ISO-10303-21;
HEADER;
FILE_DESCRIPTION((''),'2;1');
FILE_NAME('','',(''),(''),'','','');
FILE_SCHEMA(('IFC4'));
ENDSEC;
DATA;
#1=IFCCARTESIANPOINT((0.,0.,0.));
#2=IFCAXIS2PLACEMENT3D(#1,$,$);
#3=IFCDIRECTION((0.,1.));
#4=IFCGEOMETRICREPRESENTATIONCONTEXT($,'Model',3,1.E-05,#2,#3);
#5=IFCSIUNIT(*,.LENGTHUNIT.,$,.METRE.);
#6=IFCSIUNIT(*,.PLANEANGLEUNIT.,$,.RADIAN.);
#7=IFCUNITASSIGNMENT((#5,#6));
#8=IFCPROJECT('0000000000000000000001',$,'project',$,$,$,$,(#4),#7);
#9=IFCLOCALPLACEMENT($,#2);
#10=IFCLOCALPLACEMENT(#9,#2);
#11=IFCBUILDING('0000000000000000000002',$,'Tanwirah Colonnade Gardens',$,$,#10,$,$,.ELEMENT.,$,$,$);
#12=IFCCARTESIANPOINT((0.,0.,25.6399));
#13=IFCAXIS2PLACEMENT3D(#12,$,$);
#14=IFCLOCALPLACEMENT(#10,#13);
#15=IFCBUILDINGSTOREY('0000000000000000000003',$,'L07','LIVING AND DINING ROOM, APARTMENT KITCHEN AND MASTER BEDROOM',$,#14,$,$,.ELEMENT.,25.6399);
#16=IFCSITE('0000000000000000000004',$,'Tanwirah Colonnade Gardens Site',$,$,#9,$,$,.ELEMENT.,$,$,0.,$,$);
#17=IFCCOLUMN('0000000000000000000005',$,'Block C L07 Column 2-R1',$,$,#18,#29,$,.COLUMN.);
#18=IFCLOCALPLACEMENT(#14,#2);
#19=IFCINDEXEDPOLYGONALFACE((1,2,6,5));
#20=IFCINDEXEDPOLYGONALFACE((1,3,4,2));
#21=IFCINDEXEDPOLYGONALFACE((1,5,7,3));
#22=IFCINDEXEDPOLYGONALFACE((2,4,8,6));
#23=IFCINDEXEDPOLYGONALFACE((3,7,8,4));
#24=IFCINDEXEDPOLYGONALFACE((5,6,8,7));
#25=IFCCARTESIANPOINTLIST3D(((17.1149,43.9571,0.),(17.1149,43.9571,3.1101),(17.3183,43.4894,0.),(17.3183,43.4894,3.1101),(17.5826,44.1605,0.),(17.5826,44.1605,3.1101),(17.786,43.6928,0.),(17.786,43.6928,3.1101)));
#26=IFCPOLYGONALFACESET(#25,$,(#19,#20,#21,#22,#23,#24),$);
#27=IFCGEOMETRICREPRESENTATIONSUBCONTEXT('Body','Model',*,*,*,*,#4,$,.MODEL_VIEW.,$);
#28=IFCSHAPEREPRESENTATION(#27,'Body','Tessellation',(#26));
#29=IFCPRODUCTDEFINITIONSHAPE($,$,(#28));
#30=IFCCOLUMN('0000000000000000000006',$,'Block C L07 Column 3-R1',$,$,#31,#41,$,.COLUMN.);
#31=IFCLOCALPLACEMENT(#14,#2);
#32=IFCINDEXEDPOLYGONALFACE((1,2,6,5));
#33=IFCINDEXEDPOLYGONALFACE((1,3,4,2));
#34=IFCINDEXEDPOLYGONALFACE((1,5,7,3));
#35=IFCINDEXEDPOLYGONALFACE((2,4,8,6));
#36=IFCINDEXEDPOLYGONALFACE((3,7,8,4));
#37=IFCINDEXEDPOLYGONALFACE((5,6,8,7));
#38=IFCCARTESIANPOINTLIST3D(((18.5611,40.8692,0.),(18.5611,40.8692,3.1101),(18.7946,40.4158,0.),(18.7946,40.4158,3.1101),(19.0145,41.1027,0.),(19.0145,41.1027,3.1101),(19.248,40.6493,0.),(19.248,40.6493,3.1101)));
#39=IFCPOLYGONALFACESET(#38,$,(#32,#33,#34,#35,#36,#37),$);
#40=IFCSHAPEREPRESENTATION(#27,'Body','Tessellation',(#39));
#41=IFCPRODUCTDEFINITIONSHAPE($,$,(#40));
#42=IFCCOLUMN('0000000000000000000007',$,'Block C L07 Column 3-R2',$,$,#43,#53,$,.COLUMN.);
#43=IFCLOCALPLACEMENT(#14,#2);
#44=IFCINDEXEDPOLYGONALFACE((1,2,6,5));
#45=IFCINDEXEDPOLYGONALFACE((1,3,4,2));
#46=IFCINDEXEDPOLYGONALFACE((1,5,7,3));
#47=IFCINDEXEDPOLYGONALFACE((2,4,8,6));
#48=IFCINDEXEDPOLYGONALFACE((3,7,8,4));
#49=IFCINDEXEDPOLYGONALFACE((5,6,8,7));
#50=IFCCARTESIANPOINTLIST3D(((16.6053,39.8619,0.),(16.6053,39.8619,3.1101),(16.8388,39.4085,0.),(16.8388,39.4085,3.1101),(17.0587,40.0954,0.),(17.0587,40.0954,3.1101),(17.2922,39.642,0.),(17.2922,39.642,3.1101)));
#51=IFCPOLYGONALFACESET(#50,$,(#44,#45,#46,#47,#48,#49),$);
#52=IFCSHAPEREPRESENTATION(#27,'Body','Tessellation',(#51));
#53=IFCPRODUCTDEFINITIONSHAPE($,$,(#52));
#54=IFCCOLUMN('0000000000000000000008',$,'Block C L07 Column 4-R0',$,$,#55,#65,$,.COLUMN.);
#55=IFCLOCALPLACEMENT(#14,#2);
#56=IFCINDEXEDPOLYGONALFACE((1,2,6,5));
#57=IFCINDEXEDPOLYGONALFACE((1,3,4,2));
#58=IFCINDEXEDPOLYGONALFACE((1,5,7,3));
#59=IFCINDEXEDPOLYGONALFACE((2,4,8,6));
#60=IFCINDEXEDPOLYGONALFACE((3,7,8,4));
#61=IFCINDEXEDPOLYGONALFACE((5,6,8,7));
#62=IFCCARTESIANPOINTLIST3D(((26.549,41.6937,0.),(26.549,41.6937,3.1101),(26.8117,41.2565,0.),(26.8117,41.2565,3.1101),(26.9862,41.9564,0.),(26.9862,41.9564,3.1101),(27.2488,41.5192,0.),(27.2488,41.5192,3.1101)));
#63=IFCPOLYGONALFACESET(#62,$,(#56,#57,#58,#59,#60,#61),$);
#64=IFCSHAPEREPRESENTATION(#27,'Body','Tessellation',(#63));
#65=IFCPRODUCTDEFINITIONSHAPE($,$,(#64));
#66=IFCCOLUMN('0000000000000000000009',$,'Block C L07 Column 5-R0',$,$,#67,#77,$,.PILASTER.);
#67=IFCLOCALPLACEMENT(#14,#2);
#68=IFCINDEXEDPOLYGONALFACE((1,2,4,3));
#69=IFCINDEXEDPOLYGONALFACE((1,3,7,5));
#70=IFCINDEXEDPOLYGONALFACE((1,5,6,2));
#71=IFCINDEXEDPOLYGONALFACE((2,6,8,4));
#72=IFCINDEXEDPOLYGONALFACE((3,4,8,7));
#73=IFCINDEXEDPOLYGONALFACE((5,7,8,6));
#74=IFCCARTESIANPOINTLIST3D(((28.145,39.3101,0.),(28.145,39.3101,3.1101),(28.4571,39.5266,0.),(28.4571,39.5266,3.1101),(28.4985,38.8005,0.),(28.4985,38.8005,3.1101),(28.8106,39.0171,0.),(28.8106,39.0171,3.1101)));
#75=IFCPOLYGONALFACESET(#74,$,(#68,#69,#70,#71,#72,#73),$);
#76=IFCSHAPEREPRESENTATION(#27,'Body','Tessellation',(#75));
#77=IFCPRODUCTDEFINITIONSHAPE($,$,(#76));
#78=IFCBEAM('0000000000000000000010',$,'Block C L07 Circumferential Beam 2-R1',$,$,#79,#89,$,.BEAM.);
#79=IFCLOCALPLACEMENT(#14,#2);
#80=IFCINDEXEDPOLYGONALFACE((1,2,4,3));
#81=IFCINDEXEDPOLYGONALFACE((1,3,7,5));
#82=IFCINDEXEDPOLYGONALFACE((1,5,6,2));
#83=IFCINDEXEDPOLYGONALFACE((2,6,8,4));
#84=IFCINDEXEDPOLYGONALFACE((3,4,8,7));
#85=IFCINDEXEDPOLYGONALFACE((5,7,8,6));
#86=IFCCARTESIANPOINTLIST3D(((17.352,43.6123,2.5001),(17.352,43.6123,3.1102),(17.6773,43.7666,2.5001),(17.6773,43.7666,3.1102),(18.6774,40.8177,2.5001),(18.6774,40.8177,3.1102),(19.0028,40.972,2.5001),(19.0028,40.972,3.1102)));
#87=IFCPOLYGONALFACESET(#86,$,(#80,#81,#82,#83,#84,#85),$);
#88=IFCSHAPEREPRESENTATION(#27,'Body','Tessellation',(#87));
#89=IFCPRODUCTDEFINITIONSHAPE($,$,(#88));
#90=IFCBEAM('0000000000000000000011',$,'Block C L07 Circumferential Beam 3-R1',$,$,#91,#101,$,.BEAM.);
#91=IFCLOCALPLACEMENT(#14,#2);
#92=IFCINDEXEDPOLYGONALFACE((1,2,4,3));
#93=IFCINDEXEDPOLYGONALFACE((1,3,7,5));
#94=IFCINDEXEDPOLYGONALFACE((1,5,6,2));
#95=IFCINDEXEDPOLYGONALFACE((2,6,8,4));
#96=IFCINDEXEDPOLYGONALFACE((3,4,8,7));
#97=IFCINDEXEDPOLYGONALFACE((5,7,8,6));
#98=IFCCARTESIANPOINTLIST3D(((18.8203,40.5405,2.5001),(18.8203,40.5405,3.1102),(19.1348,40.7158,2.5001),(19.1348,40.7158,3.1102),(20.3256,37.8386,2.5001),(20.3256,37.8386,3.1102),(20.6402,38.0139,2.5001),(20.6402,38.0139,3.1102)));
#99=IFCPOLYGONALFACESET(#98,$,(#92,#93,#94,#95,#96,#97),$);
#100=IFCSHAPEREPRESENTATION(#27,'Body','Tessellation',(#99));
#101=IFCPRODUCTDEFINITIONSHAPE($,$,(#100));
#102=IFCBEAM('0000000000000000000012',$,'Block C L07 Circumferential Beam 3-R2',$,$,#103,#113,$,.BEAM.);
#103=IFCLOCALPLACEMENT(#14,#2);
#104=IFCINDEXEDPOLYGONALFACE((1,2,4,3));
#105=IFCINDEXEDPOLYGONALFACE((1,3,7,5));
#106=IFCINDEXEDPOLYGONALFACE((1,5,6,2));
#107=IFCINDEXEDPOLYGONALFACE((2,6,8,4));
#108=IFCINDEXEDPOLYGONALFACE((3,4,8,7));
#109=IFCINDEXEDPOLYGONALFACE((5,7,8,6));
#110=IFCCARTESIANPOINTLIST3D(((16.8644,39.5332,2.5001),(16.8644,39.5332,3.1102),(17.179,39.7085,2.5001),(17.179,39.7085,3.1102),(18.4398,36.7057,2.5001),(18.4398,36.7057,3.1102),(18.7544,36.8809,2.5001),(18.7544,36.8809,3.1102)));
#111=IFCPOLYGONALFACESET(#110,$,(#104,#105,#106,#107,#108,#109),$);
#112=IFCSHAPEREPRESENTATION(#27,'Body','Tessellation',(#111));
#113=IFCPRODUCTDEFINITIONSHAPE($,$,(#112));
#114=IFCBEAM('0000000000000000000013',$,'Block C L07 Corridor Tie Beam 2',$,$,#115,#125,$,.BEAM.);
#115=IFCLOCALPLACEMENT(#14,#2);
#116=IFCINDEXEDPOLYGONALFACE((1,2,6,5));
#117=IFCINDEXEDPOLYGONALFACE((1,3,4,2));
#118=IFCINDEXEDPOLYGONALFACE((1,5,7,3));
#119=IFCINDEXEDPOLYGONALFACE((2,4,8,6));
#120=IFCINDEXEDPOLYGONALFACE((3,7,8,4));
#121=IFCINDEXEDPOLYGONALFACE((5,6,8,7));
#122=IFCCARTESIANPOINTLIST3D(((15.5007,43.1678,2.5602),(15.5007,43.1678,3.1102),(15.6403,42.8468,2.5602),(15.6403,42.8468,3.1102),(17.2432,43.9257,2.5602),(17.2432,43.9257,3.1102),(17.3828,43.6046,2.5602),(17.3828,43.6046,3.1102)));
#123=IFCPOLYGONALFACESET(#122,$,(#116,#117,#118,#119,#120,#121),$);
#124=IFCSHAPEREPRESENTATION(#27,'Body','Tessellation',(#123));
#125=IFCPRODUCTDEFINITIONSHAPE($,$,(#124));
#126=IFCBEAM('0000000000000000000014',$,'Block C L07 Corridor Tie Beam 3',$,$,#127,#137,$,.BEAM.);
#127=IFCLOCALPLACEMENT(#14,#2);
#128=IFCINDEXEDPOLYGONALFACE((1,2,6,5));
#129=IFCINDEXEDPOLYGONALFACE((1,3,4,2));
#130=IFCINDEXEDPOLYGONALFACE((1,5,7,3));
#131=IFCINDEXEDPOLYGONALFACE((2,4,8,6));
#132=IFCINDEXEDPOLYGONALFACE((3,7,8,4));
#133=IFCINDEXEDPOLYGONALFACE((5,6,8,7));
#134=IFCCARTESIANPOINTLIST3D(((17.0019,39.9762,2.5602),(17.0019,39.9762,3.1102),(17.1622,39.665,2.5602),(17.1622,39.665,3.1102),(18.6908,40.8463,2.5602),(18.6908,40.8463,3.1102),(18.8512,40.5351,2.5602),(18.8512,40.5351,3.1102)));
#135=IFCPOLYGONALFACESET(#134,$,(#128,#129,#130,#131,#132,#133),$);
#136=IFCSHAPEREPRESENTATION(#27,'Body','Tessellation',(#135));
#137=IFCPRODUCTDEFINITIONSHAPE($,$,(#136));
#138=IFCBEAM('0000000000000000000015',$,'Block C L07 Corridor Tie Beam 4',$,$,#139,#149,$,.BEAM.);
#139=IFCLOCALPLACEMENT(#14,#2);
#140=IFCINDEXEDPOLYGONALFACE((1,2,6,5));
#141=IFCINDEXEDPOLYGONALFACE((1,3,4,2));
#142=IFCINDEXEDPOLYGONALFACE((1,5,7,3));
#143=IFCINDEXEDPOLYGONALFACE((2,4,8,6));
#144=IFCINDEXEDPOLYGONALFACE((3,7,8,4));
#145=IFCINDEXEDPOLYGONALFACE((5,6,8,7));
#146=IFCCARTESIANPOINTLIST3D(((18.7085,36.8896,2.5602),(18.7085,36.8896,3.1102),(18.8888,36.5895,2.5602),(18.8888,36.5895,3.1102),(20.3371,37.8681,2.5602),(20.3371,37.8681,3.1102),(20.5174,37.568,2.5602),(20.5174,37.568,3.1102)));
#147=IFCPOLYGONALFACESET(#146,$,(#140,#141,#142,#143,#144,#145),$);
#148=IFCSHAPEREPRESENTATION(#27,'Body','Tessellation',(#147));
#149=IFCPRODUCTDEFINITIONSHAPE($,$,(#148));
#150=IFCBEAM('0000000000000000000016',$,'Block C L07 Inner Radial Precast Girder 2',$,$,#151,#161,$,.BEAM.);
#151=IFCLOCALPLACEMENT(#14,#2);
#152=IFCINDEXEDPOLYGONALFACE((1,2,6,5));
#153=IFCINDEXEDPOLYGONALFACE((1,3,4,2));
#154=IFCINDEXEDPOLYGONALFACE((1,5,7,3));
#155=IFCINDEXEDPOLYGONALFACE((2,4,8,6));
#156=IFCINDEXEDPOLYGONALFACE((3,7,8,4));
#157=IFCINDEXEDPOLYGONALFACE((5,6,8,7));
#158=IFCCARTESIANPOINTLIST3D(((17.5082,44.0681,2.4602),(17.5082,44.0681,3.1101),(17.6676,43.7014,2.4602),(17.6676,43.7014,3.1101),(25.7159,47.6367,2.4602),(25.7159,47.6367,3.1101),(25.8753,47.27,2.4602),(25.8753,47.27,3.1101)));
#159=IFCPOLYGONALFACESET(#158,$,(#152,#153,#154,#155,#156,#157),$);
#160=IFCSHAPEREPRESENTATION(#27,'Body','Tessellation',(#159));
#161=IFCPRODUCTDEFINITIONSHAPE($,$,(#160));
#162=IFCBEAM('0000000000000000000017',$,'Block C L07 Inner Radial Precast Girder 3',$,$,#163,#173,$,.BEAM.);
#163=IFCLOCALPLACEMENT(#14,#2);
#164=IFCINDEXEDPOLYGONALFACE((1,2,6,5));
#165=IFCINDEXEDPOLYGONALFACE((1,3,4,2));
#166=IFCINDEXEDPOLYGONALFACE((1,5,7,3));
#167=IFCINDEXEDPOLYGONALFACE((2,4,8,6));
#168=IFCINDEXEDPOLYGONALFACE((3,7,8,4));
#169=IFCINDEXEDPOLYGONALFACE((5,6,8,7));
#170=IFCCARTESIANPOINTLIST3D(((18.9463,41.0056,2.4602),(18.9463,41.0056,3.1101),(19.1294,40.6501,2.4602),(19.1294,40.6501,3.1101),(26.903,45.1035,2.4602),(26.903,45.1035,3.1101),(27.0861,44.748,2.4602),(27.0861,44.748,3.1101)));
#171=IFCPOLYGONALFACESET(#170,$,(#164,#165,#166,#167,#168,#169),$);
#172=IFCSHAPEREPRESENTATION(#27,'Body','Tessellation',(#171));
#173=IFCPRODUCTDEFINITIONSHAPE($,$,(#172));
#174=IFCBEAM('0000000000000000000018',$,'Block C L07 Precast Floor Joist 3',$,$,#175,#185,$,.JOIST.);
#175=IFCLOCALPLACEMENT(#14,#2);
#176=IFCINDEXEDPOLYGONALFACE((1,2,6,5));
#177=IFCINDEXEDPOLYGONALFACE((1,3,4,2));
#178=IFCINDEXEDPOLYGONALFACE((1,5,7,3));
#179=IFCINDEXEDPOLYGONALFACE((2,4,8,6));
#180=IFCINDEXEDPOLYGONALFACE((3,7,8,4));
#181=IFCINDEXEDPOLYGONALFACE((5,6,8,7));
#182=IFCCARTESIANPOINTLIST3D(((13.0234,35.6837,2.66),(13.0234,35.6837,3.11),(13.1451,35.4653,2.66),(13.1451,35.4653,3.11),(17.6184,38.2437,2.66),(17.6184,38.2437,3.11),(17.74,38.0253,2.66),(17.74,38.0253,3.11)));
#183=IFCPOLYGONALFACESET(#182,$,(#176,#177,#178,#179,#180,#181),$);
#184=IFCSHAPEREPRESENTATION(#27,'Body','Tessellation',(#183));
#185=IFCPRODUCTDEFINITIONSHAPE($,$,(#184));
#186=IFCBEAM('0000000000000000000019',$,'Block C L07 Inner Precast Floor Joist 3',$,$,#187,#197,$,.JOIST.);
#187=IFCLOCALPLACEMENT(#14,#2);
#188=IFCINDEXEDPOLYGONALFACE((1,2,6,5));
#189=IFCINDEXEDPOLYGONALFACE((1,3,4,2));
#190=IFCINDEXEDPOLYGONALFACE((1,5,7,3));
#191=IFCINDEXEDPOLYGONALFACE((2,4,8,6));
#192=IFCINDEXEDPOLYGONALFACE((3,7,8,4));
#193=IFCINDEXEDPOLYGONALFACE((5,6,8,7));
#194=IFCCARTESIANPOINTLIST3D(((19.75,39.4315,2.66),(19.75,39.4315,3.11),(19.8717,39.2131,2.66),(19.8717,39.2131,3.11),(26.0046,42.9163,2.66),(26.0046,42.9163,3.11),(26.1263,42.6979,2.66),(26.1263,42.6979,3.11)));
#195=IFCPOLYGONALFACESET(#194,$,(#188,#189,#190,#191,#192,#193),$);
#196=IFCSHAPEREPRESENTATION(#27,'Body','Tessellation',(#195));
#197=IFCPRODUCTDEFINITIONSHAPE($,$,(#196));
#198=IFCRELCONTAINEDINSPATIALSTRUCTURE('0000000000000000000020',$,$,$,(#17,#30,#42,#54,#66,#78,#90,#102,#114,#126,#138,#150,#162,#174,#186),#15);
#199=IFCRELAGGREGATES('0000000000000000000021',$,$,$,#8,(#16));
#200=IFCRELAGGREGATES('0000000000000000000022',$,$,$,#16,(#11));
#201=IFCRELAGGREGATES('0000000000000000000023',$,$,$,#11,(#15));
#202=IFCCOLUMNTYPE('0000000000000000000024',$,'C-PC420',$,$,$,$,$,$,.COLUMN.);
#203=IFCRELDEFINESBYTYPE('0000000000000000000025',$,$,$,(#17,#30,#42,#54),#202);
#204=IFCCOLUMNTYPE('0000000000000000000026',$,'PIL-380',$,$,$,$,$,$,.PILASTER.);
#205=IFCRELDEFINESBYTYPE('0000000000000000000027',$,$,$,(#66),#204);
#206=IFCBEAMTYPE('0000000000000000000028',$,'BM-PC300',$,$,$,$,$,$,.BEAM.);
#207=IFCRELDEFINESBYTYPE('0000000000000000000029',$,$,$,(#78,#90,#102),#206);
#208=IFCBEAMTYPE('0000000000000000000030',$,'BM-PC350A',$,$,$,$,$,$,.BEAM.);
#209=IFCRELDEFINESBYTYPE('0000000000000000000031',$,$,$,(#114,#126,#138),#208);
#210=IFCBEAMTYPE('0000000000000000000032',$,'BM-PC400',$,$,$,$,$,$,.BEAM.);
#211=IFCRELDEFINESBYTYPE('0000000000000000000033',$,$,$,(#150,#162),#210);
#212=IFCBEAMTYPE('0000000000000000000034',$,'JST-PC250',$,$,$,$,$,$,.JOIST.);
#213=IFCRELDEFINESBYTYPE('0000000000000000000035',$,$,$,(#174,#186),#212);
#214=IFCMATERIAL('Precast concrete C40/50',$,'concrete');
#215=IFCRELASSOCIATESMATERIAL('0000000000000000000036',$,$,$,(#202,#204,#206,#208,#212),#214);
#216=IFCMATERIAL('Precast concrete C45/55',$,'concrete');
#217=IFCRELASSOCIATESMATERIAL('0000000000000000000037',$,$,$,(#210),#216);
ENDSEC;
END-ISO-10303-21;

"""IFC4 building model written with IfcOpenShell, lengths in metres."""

from ifc_helpers import new_model, si_unit, direction, frame, origin, origin_2d, place, context, subcontext, project, spatial, rectangle, extrude, material, material_profile, profile_set, type_object, element, save


model = new_model("IFC4")

# Units and contexts
model_context = context("Model", 3, precision=1e-05, world=origin(), true_north=direction((0.0, 1.0)))
body_context = subcontext(model_context, "Body", "Model", "MODEL_VIEW")
ifc_project = project(units=[si_unit("LENGTHUNIT", "METRE"), si_unit("PLANEANGLEUNIT", "RADIAN")], contexts=[model_context])

# Site, building, storey
site_placement = place(None, origin())
site = spatial("IfcSite", under=ifc_project, at=site_placement, Name="Tanwirah Colonnade Gardens Site", CompositionType="ELEMENT", RefElevation=0.0)
building_placement = place(site_placement, origin())
building = spatial("IfcBuilding", under=site, at=building_placement, Name="Tanwirah Colonnade Gardens", CompositionType="ELEMENT")
storey_placement = place(building_placement, frame((0.0, 0.0, 25.6399)))
storey = spatial("IfcBuildingStorey", under=building, at=storey_placement, Name="L07", Description="LIVING AND DINING ROOM, APARTMENT KITCHEN AND MASTER BEDROOM", CompositionType="ELEMENT", Elevation=25.6399)

# Columns
ifc_material_1 = material(Name="Precast concrete C40/50", Category="concrete")
ifc_material_profile_1 = material_profile(ifc_material_1, rectangle(XDim=0.51, YDim=0.51, at=origin_2d()), Name="PC-COL 510x510")
ifc_profile_set_1 = profile_set([ifc_material_profile_1], Name="Precast concrete C40/50")
column_type_1 = type_object("IfcColumnType", Name="C-PC420", PredefinedType="COLUMN", material=ifc_profile_set_1)
for number, where, z_axis, x_axis, name in (
    (1, (17.4504, 43.825, 0.0), (0.0, 0.0, 1.0), (-0.91706, -0.398749, 0.0), "Block C L07 Column 2-R1"),
    (2, (18.9045, 40.7593, 0.0), (0.0, 0.0, 1.0), (-0.889017, -0.457874, 0.0), "Block C L07 Column 3-R1"),
    (3, (16.9487, 39.752, 0.0), (0.0, 0.0, 1.0), (-0.889017, -0.457874, 0.0), "Block C L07 Column 3-R2"),
    (4, (26.8989, 41.6064, 0.0), (0.0, 0.0, 1.0), (-0.857167, -0.515038, 0.0), "Block C L07 Column 4-R0"),
):
    element("IfcColumn", number, at=place(storey_placement, frame(where, z_axis=z_axis, x_axis=x_axis)), inside=storey, type_object=column_type_1, Name=name, PredefinedType="COLUMN", context=body_context, shape_type="SweptSolid", body=[
        extrude(rectangle(XDim=0.51, YDim=0.51, at=origin_2d()), origin(), (0.0, 0.0, 1.0), 3.1101),
    ])
ifc_material_profile_2 = material_profile(ifc_material_1, rectangle(XDim=0.3799, YDim=0.6201, at=origin_2d()), Name="PC-PIL 380x620")
ifc_profile_set_2 = profile_set([ifc_material_profile_2], Name="Precast concrete C40/50")
column_type_2 = type_object("IfcColumnType", Name="PIL-380", PredefinedType="PILASTER", material=ifc_profile_set_2)
column_placement = place(storey_placement, frame((28.4778, 39.1636, 0.0), z_axis=(0.0, 0.0, 1.0), x_axis=(-0.821647, -0.569997, 0.0)))
element("IfcColumn", 5, at=column_placement, inside=storey, type_object=column_type_2, Name="Block C L07 Column 5-R0", PredefinedType="PILASTER", context=body_context, shape_type="SweptSolid", body=[
    extrude(rectangle(XDim=0.3799, YDim=0.6201, at=origin_2d()), origin(), (0.0, 0.0, 1.0), 3.1101),
])

# Beams
ifc_material_profile_3 = material_profile(ifc_material_1, rectangle(XDim=0.3601, YDim=0.6101, at=origin_2d()), Name="PC-BM 360x610")
ifc_profile_set_3 = profile_set([ifc_material_profile_3], Name="Precast concrete C40/50")
beam_type_1 = type_object("IfcBeamType", Name="BM-PC300", PredefinedType="BEAM", material=ifc_profile_set_3)
for number, where, z_axis, x_axis, name in (
    (6, (17.5146, 43.6895, 2.8052), (0.428521, -0.903532, 0.0), (0.903532, 0.428521, 0.0), "Block C L07 Circumferential Beam 2-R1"),
    (7, (18.9775, 40.6282, 2.8052), (0.486708, -0.873565, 0.0), (0.873565, 0.486708, 0.0), "Block C L07 Circumferential Beam 3-R1"),
):
    element("IfcBeam", number, at=place(storey_placement, frame(where, z_axis=z_axis, x_axis=x_axis)), inside=storey, type_object=beam_type_1, Name=name, PredefinedType="BEAM", context=body_context, shape_type="SweptSolid", body=[
        extrude(rectangle(XDim=0.3601, YDim=0.6101, at=origin_2d()), origin(), (0.0, 0.0, 1.0), 3.093),
    ])
beam_1_placement = place(storey_placement, frame((17.0217, 39.6208, 2.8052), z_axis=(0.486712, -0.873562, 0.0), x_axis=(0.873562, 0.486712, 0.0)))
element("IfcBeam", 8, at=beam_1_placement, inside=storey, type_object=beam_type_1, Name="Block C L07 Circumferential Beam 3-R2", PredefinedType="BEAM", context=body_context, shape_type="SweptSolid", body=[
    extrude(rectangle(XDim=0.3601, YDim=0.6101, at=origin_2d()), origin(), (0.0, 0.0, 1.0), 3.2368),
])
ifc_material_profile_4 = material_profile(ifc_material_1, rectangle(XDim=0.3501, YDim=0.55, at=origin_2d()), Name="PC-BM 350x550")
ifc_profile_set_4 = profile_set([ifc_material_profile_4], Name="Precast concrete C40/50")
beam_type_2 = type_object("IfcBeamType", Name="BM-PC350A", PredefinedType="BEAM", material=ifc_profile_set_4)
beam_2_placement = place(storey_placement, frame((17.313, 43.7651, 2.8352), z_axis=(-0.917025, -0.398829, 0.0), x_axis=(0.398829, -0.917025, 0.0)))
element("IfcBeam", 9, at=beam_2_placement, inside=storey, type_object=beam_type_2, Name="Block C L07 Corridor Tie Beam 2", PredefinedType="BEAM", context=body_context, shape_type="SweptSolid", body=[
    extrude(rectangle(XDim=0.3501, YDim=0.55, at=origin_2d()), origin(), (0.0, 0.0, 1.0), 1.9001),
])
for number, where, z_axis, x_axis, name in (
    (10, (18.771, 40.6907, 2.8352), (-0.888965, -0.457975, 0.0), (0.457975, -0.888965, 0.0), "Block C L07 Corridor Tie Beam 3"),
    (11, (20.4272, 37.718, 2.8352), (-0.857187, -0.515006, 0.0), (0.515006, -0.857187, 0.0), "Block C L07 Corridor Tie Beam 4"),
):
    element("IfcBeam", number, at=place(storey_placement, frame(where, z_axis=z_axis, x_axis=x_axis)), inside=storey, type_object=beam_type_2, Name=name, PredefinedType="BEAM", context=body_context, shape_type="SweptSolid", body=[
        extrude(rectangle(XDim=0.3501, YDim=0.55, at=origin_2d()), origin(), (0.0, 0.0, 1.0), 1.8999),
    ])
ifc_material_2 = material(Name="Precast concrete C45/55", Category="concrete")
ifc_material_profile_5 = material_profile(ifc_material_2, rectangle(XDim=0.3999, YDim=0.6499, at=origin_2d()), Name="PC-BM 400x650")
ifc_profile_set_5 = profile_set([ifc_material_profile_5], Name="Precast concrete C45/55")
beam_type_3 = type_object("IfcBeamType", Name="BM-PC400", PredefinedType="BEAM", material=ifc_profile_set_5)
for number, where, z_axis, x_axis, name in (
    (12, (17.5879, 43.8848, 2.7852), (0.91707, 0.398727, 0.0), (-0.398727, 0.91707, 0.0), "Block C L07 Inner Radial Precast Girder 2"),
    (13, (19.0378, 40.8279, 2.7852), (0.889022, 0.457864, 0.0), (-0.457864, 0.889022, 0.0), "Block C L07 Inner Radial Precast Girder 3"),
):
    element("IfcBeam", number, at=place(storey_placement, frame(where, z_axis=z_axis, x_axis=x_axis)), inside=storey, type_object=beam_type_3, Name=name, PredefinedType="BEAM", context=body_context, shape_type="SweptSolid", body=[
        extrude(rectangle(XDim=0.3999, YDim=0.6499, at=origin_2d()), origin(), (0.0, 0.0, 1.0), 8.95),
    ])
ifc_material_profile_6 = material_profile(ifc_material_1, rectangle(XDim=0.25, YDim=0.45, at=origin_2d()), Name="PC-JST 250x450")
ifc_profile_set_6 = profile_set([ifc_material_profile_6], Name="Precast concrete C40/50")
beam_type_4 = type_object("IfcBeamType", Name="JST-PC250", PredefinedType="JOIST", material=ifc_profile_set_6)
beam_3_placement = place(storey_placement, frame((17.6792, 38.1345, 2.885), z_axis=(-0.873568, -0.486703, 0.0), x_axis=(0.486703, -0.873568, 0.0)))
element("IfcBeam", 14, at=beam_3_placement, inside=storey, type_object=beam_type_4, Name="Block C L07 Precast Floor Joist 3", PredefinedType="JOIST", context=body_context, shape_type="SweptSolid", body=[
    extrude(rectangle(XDim=0.25, YDim=0.45, at=origin_2d()), origin(), (0.0, 0.0, 1.0), 5.26),
])
beam_4_placement = place(storey_placement, frame((26.0654, 42.8071, 2.885), z_axis=(-0.87356, -0.486717, 0.0), x_axis=(0.486717, -0.87356, 0.0)))
element("IfcBeam", 15, at=beam_4_placement, inside=storey, type_object=beam_type_4, Name="Block C L07 Inner Precast Floor Joist 3", PredefinedType="JOIST", context=body_context, shape_type="SweptSolid", body=[
    extrude(rectangle(XDim=0.25, YDim=0.45, at=origin_2d()), origin(), (0.0, 0.0, 1.0), 7.1599),
])

save(model, "model.ifc")
